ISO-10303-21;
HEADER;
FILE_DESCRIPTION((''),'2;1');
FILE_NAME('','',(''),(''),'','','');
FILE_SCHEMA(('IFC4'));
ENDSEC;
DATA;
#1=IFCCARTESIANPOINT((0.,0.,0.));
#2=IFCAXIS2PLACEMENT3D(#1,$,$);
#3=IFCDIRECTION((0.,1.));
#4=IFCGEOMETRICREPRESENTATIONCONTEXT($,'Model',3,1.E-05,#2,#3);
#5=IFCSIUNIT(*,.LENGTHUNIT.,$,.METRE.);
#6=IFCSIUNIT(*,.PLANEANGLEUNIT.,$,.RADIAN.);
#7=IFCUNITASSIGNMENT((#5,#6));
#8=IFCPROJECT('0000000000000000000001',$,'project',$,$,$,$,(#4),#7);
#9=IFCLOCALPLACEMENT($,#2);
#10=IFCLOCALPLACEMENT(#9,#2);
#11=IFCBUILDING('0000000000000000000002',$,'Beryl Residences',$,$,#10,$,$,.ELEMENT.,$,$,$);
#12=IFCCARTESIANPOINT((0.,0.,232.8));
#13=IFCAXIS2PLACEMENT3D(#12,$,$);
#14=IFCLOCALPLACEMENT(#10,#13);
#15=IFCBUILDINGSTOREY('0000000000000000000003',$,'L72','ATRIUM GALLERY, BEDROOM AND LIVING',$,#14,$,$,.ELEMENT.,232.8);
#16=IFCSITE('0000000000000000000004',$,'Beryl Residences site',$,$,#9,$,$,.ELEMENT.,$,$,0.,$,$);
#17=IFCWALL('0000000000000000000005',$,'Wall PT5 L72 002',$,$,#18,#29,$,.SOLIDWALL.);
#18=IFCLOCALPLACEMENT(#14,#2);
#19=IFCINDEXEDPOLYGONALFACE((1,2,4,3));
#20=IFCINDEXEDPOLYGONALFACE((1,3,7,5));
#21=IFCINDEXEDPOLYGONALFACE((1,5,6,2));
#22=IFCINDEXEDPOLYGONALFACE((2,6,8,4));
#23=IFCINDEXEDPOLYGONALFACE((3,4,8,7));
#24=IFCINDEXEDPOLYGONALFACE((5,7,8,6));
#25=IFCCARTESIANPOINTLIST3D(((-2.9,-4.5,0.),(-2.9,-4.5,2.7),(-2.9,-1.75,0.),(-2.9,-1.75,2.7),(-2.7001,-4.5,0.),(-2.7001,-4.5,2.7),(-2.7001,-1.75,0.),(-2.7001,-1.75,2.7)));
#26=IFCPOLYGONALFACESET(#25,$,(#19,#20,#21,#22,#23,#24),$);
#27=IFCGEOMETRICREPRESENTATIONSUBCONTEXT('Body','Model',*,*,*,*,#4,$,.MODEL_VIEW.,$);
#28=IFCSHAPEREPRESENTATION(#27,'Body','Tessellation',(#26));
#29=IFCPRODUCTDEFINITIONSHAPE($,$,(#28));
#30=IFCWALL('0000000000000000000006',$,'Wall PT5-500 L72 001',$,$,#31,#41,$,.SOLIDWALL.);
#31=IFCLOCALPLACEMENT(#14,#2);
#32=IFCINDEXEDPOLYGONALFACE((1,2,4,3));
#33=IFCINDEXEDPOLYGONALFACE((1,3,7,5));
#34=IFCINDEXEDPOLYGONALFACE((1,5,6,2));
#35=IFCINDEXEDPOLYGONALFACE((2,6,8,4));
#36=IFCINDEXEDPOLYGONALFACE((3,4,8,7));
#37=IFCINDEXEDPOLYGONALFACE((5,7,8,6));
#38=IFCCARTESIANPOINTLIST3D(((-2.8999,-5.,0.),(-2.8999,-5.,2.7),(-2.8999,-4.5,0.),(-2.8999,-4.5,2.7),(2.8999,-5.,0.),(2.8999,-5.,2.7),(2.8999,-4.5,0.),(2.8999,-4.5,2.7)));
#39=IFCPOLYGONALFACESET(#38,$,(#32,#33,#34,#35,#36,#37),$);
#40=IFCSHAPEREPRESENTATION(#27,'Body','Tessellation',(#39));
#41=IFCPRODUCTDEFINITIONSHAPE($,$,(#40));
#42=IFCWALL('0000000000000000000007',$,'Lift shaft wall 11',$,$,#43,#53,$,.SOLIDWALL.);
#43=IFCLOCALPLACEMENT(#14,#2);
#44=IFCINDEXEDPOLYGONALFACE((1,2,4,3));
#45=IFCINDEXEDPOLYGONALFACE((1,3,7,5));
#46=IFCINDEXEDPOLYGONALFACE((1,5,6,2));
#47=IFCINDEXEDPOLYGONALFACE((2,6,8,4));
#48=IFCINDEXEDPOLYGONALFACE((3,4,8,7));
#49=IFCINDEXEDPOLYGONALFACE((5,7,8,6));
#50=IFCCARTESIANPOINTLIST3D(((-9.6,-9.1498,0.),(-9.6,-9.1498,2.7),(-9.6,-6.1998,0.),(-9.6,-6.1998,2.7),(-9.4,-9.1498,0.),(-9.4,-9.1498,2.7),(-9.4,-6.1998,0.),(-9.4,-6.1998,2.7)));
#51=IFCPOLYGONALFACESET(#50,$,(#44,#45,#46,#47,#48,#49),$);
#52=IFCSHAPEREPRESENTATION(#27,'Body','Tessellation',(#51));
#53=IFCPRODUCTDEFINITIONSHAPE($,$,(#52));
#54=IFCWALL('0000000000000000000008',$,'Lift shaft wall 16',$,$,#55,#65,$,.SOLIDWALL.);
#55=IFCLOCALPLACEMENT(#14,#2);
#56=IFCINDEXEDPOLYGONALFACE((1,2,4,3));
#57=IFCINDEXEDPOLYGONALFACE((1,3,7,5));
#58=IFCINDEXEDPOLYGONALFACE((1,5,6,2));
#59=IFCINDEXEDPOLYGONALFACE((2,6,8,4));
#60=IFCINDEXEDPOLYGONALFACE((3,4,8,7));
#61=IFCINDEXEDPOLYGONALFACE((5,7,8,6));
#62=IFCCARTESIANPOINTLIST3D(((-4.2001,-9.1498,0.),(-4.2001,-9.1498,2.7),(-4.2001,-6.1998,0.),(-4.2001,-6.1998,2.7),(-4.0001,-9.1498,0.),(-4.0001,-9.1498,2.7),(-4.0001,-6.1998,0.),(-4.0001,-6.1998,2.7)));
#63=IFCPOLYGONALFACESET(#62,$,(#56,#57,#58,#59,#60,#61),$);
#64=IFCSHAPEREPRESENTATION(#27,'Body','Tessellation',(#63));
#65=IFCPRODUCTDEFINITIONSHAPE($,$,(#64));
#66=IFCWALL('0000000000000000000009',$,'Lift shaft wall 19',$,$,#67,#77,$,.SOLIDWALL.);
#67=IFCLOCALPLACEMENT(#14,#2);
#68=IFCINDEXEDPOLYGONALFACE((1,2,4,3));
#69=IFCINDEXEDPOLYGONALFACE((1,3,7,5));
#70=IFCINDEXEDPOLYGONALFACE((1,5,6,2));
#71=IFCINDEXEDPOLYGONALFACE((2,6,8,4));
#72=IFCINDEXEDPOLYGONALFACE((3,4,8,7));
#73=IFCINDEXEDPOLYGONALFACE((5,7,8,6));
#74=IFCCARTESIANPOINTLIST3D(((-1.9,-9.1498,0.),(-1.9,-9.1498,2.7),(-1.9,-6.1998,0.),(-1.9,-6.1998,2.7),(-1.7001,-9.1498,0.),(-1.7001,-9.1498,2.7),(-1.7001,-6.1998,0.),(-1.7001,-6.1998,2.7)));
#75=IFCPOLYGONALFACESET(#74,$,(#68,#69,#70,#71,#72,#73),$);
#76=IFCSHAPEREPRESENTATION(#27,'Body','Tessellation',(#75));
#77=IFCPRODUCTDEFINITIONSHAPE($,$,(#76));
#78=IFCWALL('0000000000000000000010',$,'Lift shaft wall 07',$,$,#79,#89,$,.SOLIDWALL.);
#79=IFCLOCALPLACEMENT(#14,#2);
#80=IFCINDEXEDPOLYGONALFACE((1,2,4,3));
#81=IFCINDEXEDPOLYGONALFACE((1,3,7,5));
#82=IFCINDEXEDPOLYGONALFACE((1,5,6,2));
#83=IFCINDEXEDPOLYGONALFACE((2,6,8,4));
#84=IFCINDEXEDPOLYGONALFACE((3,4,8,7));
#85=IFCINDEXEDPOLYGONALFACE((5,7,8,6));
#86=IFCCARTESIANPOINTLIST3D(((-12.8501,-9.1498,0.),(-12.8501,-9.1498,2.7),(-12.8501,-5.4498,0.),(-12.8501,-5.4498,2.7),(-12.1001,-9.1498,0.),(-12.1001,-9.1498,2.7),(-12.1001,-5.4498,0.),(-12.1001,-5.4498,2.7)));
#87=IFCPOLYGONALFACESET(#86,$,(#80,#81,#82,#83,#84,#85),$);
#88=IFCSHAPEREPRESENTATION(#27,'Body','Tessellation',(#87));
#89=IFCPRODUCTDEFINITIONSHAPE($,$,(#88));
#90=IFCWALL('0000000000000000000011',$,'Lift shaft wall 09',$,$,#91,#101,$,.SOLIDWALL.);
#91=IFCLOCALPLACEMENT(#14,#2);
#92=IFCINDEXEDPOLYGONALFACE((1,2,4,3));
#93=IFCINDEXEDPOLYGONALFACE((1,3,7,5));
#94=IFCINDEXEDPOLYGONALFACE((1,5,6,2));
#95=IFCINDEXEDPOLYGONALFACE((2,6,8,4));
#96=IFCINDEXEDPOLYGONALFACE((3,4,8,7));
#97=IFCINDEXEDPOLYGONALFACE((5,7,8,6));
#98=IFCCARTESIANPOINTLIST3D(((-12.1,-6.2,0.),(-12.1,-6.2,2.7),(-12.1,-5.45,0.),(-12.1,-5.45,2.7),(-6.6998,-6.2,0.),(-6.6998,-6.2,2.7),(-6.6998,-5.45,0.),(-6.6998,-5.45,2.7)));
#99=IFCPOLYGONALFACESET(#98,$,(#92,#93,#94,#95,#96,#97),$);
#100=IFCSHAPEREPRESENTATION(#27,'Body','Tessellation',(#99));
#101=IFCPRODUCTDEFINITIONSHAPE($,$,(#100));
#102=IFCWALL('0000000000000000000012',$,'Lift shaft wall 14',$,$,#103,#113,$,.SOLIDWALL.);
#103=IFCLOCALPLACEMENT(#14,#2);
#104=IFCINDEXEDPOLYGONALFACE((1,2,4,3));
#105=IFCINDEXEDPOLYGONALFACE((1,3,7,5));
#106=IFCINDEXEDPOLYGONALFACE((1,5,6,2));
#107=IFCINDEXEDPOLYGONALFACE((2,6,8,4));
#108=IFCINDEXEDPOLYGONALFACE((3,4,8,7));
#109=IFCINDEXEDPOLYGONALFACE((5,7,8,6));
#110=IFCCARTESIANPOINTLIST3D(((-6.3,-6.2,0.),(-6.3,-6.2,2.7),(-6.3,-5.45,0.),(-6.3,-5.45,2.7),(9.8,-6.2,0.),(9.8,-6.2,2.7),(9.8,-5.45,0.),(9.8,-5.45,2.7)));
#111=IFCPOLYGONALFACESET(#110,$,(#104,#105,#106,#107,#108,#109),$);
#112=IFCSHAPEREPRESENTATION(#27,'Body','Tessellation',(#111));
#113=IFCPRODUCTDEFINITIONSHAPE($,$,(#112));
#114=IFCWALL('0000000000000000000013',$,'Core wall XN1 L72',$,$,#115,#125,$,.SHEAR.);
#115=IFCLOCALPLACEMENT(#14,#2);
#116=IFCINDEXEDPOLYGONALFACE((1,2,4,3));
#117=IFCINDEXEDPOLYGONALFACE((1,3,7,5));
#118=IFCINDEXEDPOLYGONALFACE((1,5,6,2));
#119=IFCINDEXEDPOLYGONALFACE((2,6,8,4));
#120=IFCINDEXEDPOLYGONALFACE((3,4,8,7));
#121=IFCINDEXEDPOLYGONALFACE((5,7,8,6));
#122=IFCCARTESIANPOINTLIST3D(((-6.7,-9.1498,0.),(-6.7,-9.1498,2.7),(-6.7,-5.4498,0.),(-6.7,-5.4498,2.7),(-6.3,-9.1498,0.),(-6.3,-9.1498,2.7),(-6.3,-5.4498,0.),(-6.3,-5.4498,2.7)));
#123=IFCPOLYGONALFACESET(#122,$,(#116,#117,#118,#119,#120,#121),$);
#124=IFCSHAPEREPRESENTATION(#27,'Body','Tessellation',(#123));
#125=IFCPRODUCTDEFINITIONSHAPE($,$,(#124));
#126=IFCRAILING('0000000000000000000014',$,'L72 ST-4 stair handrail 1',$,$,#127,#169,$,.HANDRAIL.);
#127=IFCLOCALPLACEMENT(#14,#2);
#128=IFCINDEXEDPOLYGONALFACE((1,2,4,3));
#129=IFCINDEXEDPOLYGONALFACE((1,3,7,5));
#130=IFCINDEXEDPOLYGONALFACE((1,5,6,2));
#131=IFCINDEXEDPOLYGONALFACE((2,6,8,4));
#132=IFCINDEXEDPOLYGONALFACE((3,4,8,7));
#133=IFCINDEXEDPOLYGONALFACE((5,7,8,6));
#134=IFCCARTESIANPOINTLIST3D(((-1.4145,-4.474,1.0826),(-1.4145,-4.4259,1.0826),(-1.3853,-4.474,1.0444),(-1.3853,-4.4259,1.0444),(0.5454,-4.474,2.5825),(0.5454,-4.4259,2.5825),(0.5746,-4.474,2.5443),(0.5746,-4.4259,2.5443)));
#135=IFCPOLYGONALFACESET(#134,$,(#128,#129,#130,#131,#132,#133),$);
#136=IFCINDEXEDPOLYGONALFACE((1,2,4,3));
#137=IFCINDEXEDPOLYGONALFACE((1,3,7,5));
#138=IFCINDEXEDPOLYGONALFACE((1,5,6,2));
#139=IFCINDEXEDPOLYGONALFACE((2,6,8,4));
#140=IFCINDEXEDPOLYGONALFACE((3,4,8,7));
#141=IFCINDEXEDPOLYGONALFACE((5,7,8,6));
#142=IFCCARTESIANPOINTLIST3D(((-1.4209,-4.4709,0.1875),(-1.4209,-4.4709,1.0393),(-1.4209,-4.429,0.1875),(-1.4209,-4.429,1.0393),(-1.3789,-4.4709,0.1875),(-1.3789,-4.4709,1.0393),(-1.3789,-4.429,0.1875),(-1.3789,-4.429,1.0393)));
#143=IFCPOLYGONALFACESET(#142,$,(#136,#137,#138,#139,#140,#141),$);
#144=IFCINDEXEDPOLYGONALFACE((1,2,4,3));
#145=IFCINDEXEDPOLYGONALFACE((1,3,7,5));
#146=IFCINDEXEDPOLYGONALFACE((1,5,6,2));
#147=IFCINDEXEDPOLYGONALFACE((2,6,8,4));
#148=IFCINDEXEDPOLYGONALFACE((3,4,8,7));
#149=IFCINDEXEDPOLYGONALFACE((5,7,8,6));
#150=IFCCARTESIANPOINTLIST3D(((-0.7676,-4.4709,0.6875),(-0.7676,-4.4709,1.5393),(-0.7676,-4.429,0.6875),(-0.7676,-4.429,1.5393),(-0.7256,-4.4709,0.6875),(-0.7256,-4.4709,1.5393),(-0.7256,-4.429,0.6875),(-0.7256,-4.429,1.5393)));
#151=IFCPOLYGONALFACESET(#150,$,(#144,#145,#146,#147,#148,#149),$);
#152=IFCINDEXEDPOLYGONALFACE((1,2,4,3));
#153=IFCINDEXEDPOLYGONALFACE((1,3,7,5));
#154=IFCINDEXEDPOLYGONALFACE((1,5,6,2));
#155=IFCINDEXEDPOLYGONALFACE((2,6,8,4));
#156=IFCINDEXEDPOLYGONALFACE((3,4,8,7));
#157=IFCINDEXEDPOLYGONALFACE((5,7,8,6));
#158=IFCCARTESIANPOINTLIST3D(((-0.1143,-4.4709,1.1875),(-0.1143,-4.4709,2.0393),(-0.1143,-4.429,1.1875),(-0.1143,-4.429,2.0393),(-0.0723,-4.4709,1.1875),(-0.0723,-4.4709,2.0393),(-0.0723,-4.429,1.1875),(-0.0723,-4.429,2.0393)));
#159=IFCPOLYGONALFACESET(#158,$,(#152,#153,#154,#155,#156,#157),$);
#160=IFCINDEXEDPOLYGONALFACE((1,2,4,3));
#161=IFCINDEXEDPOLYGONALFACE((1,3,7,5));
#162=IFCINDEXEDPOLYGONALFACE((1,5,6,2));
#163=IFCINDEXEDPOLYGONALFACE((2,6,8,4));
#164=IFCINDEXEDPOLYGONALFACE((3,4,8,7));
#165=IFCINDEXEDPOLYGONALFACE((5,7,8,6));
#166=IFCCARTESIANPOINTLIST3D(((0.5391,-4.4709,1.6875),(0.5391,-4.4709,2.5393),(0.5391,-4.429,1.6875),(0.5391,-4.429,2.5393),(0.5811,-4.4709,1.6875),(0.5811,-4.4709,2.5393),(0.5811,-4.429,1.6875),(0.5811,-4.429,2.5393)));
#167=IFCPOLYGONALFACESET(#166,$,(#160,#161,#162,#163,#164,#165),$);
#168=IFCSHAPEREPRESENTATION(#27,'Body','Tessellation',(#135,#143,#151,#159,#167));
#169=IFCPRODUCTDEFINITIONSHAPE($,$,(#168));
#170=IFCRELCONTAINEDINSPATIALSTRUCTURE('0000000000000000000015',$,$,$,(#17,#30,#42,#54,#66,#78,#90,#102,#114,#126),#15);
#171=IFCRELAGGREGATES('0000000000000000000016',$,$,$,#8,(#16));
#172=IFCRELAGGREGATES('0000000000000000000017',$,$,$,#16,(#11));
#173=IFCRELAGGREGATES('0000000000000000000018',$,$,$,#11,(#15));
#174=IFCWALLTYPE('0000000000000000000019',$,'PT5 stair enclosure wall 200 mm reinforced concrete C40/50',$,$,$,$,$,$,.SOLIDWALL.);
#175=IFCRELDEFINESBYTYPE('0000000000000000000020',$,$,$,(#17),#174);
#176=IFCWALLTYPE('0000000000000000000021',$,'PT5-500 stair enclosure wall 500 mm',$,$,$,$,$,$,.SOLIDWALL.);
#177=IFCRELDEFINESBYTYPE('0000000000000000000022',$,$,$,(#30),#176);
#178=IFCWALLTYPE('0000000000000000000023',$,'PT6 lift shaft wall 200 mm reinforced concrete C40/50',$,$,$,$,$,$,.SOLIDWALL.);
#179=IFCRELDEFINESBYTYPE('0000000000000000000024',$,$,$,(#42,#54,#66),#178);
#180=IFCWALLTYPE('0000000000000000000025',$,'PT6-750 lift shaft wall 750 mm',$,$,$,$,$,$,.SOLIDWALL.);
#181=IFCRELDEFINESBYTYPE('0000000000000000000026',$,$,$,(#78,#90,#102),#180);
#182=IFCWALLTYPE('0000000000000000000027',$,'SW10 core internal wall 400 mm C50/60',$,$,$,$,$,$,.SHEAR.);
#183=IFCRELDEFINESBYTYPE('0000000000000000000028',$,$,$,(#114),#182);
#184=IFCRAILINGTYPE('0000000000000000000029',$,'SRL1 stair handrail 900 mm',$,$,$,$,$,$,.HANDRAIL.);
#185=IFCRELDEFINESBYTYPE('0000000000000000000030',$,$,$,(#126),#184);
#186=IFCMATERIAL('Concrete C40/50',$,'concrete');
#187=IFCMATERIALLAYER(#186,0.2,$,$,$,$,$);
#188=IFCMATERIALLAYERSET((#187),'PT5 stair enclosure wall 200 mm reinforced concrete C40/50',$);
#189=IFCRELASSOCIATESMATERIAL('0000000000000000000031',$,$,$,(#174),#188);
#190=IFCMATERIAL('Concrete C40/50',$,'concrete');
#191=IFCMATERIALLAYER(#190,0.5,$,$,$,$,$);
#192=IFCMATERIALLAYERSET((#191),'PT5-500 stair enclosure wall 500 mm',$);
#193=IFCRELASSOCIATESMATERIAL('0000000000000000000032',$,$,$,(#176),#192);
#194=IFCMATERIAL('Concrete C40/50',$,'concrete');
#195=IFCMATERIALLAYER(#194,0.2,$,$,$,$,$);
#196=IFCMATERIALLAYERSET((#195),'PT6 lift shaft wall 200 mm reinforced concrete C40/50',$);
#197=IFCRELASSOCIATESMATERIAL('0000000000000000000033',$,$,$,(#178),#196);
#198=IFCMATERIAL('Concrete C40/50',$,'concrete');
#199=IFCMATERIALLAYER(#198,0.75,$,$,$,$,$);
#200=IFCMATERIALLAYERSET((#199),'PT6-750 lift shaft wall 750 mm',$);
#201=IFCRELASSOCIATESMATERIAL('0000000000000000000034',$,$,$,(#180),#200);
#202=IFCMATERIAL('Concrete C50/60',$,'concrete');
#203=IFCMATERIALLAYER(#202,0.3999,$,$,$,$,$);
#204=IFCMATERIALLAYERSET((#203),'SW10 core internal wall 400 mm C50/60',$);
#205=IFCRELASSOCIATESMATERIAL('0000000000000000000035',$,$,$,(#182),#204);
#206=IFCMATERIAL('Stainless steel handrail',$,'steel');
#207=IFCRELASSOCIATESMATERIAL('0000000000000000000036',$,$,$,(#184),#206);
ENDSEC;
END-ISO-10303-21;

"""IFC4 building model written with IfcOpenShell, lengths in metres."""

from ifc_helpers import new_model, si_unit, direction, frame, frame_2d, origin, origin_2d, place, context, subcontext, project, spatial, rectangle, extrude, material, layer, layer_set, type_object, element, save


model = new_model("IFC4")

# Units and contexts
model_context = context("Model", 3, precision=1e-05, world=origin(), true_north=direction((0.0, 1.0)))
body_context = subcontext(model_context, "Body", "Model", "MODEL_VIEW")
ifc_project = project(units=[si_unit("LENGTHUNIT", "METRE"), si_unit("PLANEANGLEUNIT", "RADIAN")], contexts=[model_context])

# Site, building, storey
site_placement = place(None, origin())
site = spatial("IfcSite", under=ifc_project, at=site_placement, Name="Beryl Residences site", CompositionType="ELEMENT", RefElevation=0.0)
building_placement = place(site_placement, origin())
building = spatial("IfcBuilding", under=site, at=building_placement, Name="Beryl Residences", CompositionType="ELEMENT")
storey_placement = place(building_placement, frame((0.0, 0.0, 232.8)))
storey = spatial("IfcBuildingStorey", under=building, at=storey_placement, Name="L72", Description="ATRIUM GALLERY, BEDROOM AND LIVING", CompositionType="ELEMENT", Elevation=232.8)

# Walls
ifc_material_1 = material(Name="Concrete C40/50", Category="concrete")
ifc_layer_1 = layer(ifc_material_1, 0.2)
ifc_layer_set_1 = layer_set([ifc_layer_1], Name="PT5 stair enclosure wall 200 mm reinforced concrete C40/50")
wall_type_1 = type_object("IfcWallType", Name="PT5 stair enclosure wall 200 mm reinforced concrete C40/50", PredefinedType="SOLIDWALL", material=ifc_layer_set_1)
wall_1_placement = place(storey_placement, frame((-2.8, -4.5, 0.0), z_axis=(0.0, 0.0, 1.0), x_axis=(0.0, 1.0, 0.0)))
element("IfcWall", 1, at=wall_1_placement, inside=storey, type_object=wall_type_1, Name="Wall PT5 L72 002", PredefinedType="SOLIDWALL", context=body_context, shape_type="SweptSolid", body=[
    extrude(rectangle(XDim=2.75, YDim=0.2, at=frame_2d((1.375, 0.0))), origin(), (0.0, 0.0, 1.0), 2.7),
])
ifc_material_2 = material(Name="Concrete C40/50", Category="concrete")
ifc_layer_2 = layer(ifc_material_2, 0.5)
ifc_layer_set_2 = layer_set([ifc_layer_2], Name="PT5-500 stair enclosure wall 500 mm")
wall_type_2 = type_object("IfcWallType", Name="PT5-500 stair enclosure wall 500 mm", PredefinedType="SOLIDWALL", material=ifc_layer_set_2)
wall_2_placement = place(storey_placement, frame((-2.8999, -4.75, 0.0), z_axis=(0.0, 0.0, 1.0), x_axis=(1.0, 0.0, 0.0)))
element("IfcWall", 2, at=wall_2_placement, inside=storey, type_object=wall_type_2, Name="Wall PT5-500 L72 001", PredefinedType="SOLIDWALL", context=body_context, shape_type="SweptSolid", body=[
    extrude(rectangle(XDim=5.7998, YDim=0.5, at=frame_2d((2.8999, 0.0))), origin(), (0.0, 0.0, 1.0), 2.7),
])
ifc_material_3 = material(Name="Concrete C40/50", Category="concrete")
ifc_layer_3 = layer(ifc_material_3, 0.2)
ifc_layer_set_3 = layer_set([ifc_layer_3], Name="PT6 lift shaft wall 200 mm reinforced concrete C40/50")
wall_type_3 = type_object("IfcWallType", Name="PT6 lift shaft wall 200 mm reinforced concrete C40/50", PredefinedType="SOLIDWALL", material=ifc_layer_set_3)
for number, where, z_axis, x_axis, name in (
    (3, (-9.5, -9.1499, 0.0), (0.0, 0.0, 1.0), (0.0, 1.0, 0.0), "Lift shaft wall 11"),
    (4, (-4.1001, -9.1499, 0.0), (0.0, 0.0, 1.0), (0.0, 1.0, 0.0), "Lift shaft wall 16"),
    (5, (-1.8, -9.1499, 0.0), (0.0, 0.0, 1.0), (0.0, 1.0, 0.0), "Lift shaft wall 19"),
):
    element("IfcWall", number, at=place(storey_placement, frame(where, z_axis=z_axis, x_axis=x_axis)), inside=storey, type_object=wall_type_3, Name=name, PredefinedType="SOLIDWALL", context=body_context, shape_type="SweptSolid", body=[
        extrude(rectangle(XDim=2.95, YDim=0.2, at=frame_2d((1.4751, 0.0))), origin(), (0.0, 0.0, 1.0), 2.7),
    ])
ifc_material_4 = material(Name="Concrete C40/50", Category="concrete")
ifc_layer_4 = layer(ifc_material_4, 0.75)
ifc_layer_set_4 = layer_set([ifc_layer_4], Name="PT6-750 lift shaft wall 750 mm")
wall_type_4 = type_object("IfcWallType", Name="PT6-750 lift shaft wall 750 mm", PredefinedType="SOLIDWALL", material=ifc_layer_set_4)
wall_3_placement = place(storey_placement, frame((-12.4751, -9.1499, 0.0), z_axis=(0.0, 0.0, 1.0), x_axis=(0.0, 1.0, 0.0)))
element("IfcWall", 6, at=wall_3_placement, inside=storey, type_object=wall_type_4, Name="Lift shaft wall 07", PredefinedType="SOLIDWALL", context=body_context, shape_type="SweptSolid", body=[
    extrude(rectangle(XDim=3.7, YDim=0.75, at=frame_2d((1.8501, 0.0))), origin(), (0.0, 0.0, 1.0), 2.7),
])
wall_4_placement = place(storey_placement, frame((-12.1001, -5.825, 0.0), z_axis=(0.0, 0.0, 1.0), x_axis=(1.0, 0.0, 0.0)))
element("IfcWall", 7, at=wall_4_placement, inside=storey, type_object=wall_type_4, Name="Lift shaft wall 09", PredefinedType="SOLIDWALL", context=body_context, shape_type="SweptSolid", body=[
    extrude(rectangle(XDim=5.4001, YDim=0.75, at=frame_2d((2.7002, 0.0))), origin(), (0.0, 0.0, 1.0), 2.7),
])
wall_5_placement = place(storey_placement, frame((-6.3, -5.825, 0.0), z_axis=(0.0, 0.0, 1.0), x_axis=(1.0, 0.0, 0.0)))
element("IfcWall", 8, at=wall_5_placement, inside=storey, type_object=wall_type_4, Name="Lift shaft wall 14", PredefinedType="SOLIDWALL", context=body_context, shape_type="SweptSolid", body=[
    extrude(rectangle(XDim=16.1001, YDim=0.75, at=frame_2d((8.05, 0.0))), origin(), (0.0, 0.0, 1.0), 2.7),
])
ifc_material_5 = material(Name="Concrete C50/60", Category="concrete")
ifc_layer_5 = layer(ifc_material_5, 0.3999)
ifc_layer_set_5 = layer_set([ifc_layer_5], Name="SW10 core internal wall 400 mm C50/60")
wall_type_5 = type_object("IfcWallType", Name="SW10 core internal wall 400 mm C50/60", PredefinedType="SHEAR", material=ifc_layer_set_5)
wall_6_placement = place(storey_placement, frame((-6.5, -9.1499, 0.0), z_axis=(0.0, 0.0, 1.0), x_axis=(0.0, 1.0, 0.0)))
element("IfcWall", 9, at=wall_6_placement, inside=storey, type_object=wall_type_5, Name="Core wall XN1 L72", PredefinedType="SHEAR", context=body_context, shape_type="SweptSolid", body=[
    extrude(rectangle(XDim=3.7, YDim=0.3999, at=frame_2d((1.8501, 0.0))), origin(), (0.0, 0.0, 1.0), 2.7),
])

# Railing
ifc_material_6 = material(Name="Stainless steel handrail", Category="steel")
railing_type = type_object("IfcRailingType", Name="SRL1 stair handrail 900 mm", PredefinedType="HANDRAIL", material=ifc_material_6)
railing_placement = place(storey_placement, frame((-1.3999, -4.45, 0.1875)))
element("IfcRailing", 10, at=railing_placement, inside=storey, type_object=railing_type, Name="L72 ST-4 stair handrail 1", PredefinedType="HANDRAIL", context=body_context, shape_type="SweptSolid", body=[
    extrude(rectangle(XDim=0.0481, YDim=0.0481, at=origin_2d()), frame((0.0, 0.0, 0.876), z_axis=(0.794122, 0.0, 0.607758), x_axis=(0.0, 1.0, 0.0)), (0.0, 0.0, 1.0), 2.468),
    extrude(rectangle(XDim=0.042, YDim=0.042, at=origin_2d()), origin(), (0.0, 0.0, 1.0), 0.8518),
    extrude(rectangle(XDim=0.042, YDim=0.042, at=origin_2d()), frame((0.6533, 0.0, 0.5)), (0.0, 0.0, 1.0), 0.8518),
    extrude(rectangle(XDim=0.042, YDim=0.042, at=origin_2d()), frame((1.3066, 0.0, 1.0)), (0.0, 0.0, 1.0), 0.8518),
    extrude(rectangle(XDim=0.042, YDim=0.042, at=origin_2d()), frame((1.96, 0.0, 1.5)), (0.0, 0.0, 1.0), 0.8518),
])

save(model, "model.ifc")
